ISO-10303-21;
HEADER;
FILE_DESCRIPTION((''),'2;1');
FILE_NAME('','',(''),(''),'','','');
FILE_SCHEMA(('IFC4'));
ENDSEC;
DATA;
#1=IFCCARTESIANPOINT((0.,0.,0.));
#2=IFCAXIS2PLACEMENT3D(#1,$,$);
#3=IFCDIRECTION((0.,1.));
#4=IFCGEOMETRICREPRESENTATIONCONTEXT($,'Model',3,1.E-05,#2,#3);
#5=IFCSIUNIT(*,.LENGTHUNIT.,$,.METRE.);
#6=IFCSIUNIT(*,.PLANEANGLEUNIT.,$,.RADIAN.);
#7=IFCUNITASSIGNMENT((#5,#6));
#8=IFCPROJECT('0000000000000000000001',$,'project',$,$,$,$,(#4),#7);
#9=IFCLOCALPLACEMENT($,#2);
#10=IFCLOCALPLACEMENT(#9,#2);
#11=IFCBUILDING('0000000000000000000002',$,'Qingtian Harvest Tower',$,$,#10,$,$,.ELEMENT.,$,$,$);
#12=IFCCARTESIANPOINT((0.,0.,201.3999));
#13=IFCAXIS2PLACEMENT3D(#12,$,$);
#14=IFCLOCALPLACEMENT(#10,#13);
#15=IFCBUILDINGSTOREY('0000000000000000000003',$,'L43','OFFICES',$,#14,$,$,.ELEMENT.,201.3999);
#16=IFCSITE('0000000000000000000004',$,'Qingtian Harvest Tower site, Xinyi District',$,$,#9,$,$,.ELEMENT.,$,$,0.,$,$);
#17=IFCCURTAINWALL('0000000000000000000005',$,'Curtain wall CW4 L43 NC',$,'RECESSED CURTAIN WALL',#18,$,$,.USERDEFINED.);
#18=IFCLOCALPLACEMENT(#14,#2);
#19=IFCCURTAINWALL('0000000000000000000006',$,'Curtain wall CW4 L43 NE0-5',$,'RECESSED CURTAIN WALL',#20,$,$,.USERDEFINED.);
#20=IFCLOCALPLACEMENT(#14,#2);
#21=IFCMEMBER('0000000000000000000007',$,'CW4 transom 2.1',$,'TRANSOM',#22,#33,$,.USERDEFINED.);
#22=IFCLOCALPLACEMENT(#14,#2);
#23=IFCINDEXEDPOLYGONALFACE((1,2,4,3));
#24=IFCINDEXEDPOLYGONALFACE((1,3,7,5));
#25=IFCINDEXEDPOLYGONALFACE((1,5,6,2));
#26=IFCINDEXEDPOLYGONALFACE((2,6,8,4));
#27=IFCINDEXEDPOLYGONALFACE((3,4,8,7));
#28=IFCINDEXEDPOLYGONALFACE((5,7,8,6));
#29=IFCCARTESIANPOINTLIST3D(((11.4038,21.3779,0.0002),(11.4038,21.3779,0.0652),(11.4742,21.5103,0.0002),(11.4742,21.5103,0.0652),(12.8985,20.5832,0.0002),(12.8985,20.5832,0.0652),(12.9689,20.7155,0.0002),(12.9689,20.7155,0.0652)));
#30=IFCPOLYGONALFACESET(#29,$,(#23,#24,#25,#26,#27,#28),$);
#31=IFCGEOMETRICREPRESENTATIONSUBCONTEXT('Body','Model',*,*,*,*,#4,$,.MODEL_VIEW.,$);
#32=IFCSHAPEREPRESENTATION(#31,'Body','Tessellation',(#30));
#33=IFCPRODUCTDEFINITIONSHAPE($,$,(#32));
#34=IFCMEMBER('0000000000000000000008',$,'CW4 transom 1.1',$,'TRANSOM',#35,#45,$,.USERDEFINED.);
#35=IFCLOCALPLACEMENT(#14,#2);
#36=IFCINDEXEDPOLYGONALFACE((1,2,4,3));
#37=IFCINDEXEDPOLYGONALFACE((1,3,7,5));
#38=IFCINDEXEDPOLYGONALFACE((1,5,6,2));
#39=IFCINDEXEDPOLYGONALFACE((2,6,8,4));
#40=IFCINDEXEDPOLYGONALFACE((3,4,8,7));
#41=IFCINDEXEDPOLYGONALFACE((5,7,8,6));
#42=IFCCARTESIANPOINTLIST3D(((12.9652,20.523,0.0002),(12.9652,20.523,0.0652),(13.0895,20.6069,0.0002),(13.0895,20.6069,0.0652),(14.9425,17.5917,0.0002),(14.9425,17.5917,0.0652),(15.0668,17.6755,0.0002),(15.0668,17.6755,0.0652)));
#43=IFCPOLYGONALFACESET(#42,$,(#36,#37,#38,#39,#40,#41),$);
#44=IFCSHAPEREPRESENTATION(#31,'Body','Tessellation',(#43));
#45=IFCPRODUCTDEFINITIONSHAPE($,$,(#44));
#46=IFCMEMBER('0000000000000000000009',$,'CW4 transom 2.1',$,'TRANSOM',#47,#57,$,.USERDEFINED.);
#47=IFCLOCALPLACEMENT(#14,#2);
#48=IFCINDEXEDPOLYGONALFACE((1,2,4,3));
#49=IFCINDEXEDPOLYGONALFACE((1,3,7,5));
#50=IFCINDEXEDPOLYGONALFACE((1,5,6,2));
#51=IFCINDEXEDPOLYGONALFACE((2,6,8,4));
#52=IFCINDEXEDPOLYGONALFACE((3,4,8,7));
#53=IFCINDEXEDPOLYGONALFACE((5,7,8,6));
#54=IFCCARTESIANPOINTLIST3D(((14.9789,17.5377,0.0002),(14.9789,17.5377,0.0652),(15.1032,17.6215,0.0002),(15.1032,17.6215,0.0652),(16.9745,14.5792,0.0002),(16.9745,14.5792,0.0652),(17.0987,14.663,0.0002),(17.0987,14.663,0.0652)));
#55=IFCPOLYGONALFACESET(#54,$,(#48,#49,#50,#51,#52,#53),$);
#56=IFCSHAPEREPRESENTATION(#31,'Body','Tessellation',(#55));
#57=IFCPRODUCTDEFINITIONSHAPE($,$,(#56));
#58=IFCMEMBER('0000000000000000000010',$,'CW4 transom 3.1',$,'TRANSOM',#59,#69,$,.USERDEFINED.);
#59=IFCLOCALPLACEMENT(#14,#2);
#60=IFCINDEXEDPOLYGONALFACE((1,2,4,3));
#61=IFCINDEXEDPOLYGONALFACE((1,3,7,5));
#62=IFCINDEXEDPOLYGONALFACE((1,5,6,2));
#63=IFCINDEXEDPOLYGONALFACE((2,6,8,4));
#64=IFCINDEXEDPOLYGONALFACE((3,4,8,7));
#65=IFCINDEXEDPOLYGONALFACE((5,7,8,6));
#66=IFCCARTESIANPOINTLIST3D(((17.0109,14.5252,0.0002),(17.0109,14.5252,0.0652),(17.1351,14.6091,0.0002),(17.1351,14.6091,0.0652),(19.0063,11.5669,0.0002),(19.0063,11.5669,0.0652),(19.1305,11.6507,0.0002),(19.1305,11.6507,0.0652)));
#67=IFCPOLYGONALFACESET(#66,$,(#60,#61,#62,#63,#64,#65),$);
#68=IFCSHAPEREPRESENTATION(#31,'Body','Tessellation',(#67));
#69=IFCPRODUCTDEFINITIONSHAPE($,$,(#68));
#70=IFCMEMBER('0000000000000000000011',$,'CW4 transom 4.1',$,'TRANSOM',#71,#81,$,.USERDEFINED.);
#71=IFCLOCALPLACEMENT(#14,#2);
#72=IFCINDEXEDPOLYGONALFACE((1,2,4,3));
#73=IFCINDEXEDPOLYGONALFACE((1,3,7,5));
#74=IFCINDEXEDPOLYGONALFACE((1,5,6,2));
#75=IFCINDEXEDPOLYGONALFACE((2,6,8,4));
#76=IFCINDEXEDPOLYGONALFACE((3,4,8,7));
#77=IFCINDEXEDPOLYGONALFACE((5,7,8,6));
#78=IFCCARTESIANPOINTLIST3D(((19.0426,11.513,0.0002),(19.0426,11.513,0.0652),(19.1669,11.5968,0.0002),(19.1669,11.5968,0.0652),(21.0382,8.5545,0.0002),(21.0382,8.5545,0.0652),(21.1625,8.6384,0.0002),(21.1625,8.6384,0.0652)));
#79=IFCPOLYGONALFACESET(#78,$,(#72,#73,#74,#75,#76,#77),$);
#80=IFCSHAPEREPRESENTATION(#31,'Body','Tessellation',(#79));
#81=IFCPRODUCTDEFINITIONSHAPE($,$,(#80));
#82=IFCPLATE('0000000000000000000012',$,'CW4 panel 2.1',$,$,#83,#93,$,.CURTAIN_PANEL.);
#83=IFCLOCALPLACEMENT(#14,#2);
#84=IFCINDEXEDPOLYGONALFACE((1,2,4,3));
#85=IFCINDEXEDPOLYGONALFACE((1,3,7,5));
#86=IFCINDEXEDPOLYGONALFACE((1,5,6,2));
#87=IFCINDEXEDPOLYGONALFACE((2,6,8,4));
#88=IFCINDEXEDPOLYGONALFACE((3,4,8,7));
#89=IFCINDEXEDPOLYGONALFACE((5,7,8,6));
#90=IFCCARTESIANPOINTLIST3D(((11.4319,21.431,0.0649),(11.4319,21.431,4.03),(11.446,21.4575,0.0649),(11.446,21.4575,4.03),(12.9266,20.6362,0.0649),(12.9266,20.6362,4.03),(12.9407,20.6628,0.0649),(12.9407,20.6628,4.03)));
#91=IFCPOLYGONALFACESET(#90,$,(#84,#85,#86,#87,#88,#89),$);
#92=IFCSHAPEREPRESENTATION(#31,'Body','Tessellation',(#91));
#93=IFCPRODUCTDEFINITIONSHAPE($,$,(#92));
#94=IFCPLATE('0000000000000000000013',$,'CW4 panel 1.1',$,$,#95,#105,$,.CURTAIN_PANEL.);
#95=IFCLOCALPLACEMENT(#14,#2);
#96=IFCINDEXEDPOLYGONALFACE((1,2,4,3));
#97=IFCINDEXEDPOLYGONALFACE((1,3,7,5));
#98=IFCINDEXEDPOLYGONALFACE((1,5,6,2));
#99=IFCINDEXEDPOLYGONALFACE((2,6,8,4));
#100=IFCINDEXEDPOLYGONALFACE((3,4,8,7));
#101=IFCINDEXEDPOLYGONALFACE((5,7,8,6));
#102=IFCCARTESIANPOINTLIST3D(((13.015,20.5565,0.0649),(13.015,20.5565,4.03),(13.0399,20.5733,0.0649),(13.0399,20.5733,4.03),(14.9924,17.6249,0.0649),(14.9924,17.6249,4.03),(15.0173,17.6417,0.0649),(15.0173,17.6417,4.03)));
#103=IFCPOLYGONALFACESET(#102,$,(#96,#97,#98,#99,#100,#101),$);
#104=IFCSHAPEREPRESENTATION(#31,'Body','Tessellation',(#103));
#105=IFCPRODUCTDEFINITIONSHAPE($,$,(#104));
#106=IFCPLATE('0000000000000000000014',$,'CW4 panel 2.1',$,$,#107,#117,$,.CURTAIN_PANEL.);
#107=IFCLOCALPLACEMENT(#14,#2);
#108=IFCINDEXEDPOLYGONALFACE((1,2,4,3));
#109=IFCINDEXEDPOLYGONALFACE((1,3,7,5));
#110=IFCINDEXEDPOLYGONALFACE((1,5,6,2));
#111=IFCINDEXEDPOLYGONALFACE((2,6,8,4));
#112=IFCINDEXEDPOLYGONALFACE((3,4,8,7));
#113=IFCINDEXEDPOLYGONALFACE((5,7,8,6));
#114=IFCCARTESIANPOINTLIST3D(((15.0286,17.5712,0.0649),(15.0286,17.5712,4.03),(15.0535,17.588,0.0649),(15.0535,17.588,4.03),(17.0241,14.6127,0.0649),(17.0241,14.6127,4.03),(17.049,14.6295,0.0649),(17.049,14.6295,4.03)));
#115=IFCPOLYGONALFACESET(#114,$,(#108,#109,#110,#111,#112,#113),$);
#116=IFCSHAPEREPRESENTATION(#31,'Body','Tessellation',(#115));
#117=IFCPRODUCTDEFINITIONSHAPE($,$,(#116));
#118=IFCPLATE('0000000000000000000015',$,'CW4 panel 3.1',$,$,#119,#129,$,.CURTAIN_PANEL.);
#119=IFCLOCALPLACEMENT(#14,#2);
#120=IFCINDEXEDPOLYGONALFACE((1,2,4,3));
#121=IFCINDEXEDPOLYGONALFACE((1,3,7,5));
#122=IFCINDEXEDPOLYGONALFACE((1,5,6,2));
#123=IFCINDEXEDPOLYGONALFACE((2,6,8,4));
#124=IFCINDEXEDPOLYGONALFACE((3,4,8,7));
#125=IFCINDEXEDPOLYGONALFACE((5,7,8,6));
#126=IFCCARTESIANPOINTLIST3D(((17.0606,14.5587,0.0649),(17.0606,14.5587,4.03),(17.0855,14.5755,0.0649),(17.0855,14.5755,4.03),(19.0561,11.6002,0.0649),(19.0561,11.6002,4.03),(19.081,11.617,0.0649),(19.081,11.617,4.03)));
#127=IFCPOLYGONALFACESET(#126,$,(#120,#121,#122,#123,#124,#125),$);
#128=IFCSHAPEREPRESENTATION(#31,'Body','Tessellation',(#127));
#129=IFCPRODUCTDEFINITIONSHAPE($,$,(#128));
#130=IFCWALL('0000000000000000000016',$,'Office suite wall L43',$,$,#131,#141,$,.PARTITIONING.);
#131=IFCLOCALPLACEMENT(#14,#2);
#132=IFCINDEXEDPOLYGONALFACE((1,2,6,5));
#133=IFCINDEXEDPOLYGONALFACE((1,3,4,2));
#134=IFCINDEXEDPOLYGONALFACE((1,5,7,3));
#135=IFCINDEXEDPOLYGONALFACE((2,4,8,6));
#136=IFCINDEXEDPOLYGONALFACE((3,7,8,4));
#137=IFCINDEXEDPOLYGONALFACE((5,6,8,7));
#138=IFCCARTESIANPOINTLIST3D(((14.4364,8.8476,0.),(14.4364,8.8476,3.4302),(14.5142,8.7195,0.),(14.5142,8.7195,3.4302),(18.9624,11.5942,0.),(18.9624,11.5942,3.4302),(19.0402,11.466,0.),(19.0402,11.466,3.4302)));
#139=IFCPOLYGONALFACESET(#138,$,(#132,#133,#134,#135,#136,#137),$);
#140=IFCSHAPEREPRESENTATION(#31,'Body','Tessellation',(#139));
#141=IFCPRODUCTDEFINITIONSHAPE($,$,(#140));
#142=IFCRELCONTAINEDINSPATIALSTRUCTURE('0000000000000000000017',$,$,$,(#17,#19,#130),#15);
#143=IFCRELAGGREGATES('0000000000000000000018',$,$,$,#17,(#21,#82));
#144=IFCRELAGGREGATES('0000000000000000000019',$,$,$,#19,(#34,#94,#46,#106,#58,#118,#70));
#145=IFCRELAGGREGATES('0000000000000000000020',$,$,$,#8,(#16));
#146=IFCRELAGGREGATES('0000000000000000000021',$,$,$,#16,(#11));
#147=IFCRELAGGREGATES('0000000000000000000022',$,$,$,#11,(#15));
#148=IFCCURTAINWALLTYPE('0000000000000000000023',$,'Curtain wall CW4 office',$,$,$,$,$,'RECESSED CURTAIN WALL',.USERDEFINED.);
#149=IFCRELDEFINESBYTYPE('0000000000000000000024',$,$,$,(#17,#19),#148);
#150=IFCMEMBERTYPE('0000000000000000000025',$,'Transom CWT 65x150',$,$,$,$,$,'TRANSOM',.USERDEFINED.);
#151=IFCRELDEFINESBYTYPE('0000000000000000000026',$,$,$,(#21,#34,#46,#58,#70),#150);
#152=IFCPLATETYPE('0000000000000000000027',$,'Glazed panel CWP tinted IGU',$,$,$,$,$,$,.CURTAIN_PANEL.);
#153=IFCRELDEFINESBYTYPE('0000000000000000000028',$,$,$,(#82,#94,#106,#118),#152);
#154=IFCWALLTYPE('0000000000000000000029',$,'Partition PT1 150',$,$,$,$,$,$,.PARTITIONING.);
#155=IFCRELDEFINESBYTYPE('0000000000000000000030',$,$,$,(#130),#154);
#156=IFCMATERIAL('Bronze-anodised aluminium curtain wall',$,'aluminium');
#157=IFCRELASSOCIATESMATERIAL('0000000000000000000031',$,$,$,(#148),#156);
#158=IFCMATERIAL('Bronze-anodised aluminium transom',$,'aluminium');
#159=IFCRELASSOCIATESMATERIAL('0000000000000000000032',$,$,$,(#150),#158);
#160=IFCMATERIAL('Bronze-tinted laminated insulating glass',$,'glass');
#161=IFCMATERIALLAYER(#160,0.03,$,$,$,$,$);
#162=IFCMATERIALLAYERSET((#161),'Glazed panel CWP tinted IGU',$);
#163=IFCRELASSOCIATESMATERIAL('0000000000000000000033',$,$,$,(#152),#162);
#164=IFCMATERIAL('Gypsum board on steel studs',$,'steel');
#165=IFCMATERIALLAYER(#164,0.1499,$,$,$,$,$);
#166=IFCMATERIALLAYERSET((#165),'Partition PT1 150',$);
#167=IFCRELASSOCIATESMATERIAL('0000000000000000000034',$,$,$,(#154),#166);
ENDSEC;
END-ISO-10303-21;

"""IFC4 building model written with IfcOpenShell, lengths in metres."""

from ifc_helpers import new_model, si_unit, direction, frame, frame_2d, origin, origin_2d, place, context, subcontext, project, spatial, rectangle, extrude, material, layer, layer_set, material_profile, profile_set, type_object, element, aggregate, save


model = new_model("IFC4")

# Units and contexts
model_context = context("Model", 3, precision=1e-05, world=origin(), true_north=direction((0.0, 1.0)))
body_context = subcontext(model_context, "Body", "Model", "MODEL_VIEW")
ifc_project = project(units=[si_unit("LENGTHUNIT", "METRE"), si_unit("PLANEANGLEUNIT", "RADIAN")], contexts=[model_context])

# Site, building, storey
site_placement = place(None, origin())
site = spatial("IfcSite", under=ifc_project, at=site_placement, Name="Qingtian Harvest Tower site, Xinyi District", CompositionType="ELEMENT", RefElevation=0.0)
building_placement = place(site_placement, origin())
building = spatial("IfcBuilding", under=site, at=building_placement, Name="Qingtian Harvest Tower", CompositionType="ELEMENT")
storey_placement = place(building_placement, frame((0.0, 0.0, 201.3999)))
storey = spatial("IfcBuildingStorey", under=building, at=storey_placement, Name="L43", Description="OFFICES", CompositionType="ELEMENT", Elevation=201.3999)

# Curtain wall
ifc_material_1 = material(Name="Bronze-anodised aluminium curtain wall", Category="aluminium")
curtain_wall_type = type_object("IfcCurtainWallType", Name="Curtain wall CW4 office", ElementType="RECESSED CURTAIN WALL", PredefinedType="USERDEFINED", material=ifc_material_1)
curtain_wall_1_placement = place(storey_placement, origin())
curtain_wall_1 = element("IfcCurtainWall", 1, at=curtain_wall_1_placement, inside=storey, type_object=curtain_wall_type, Name="Curtain wall CW4 L43 NC", ObjectType="RECESSED CURTAIN WALL", PredefinedType="USERDEFINED")

# Curtain wall
curtain_wall_2_placement = place(storey_placement, origin())
curtain_wall_2 = element("IfcCurtainWall", 2, at=curtain_wall_2_placement, inside=storey, type_object=curtain_wall_type, Name="Curtain wall CW4 L43 NE0-5", ObjectType="RECESSED CURTAIN WALL", PredefinedType="USERDEFINED")

# Members
ifc_material_2 = material(Name="Bronze-anodised aluminium transom", Category="aluminium")
ifc_material_profile_1 = material_profile(ifc_material_2, rectangle(XDim=0.1499, YDim=0.0649, at=origin_2d()), Name="AL 65x150")
ifc_profile_set_1 = profile_set([ifc_material_profile_1], Name="Bronze-anodised aluminium transom")
member_type_1 = type_object("IfcMemberType", Name="Transom CWT 65x150", ElementType="TRANSOM", PredefinedType="USERDEFINED", material=ifc_profile_set_1)
member_1_placement = place(storey_placement, frame((11.439, 21.4441, 0.0327), z_axis=(0.882955, -0.469457, 0.0), x_axis=(0.469457, 0.882955, 0.0)))
member_1 = element("IfcMember", 3, at=member_1_placement, type_object=member_type_1, Name="CW4 transom 2.1", ObjectType="TRANSOM", PredefinedType="USERDEFINED", context=body_context, shape_type="SweptSolid", body=[
    extrude(rectangle(XDim=0.1499, YDim=0.0649, at=origin_2d()), origin(), (0.0, 0.0, 1.0), 1.6929),
])
member_2_placement = place(storey_placement, frame((13.0273, 20.5649, 0.0327), z_axis=(0.559201, -0.829032, 0.0), x_axis=(0.829032, 0.559201, 0.0)))
member_2 = element("IfcMember", 4, at=member_2_placement, type_object=member_type_1, Name="CW4 transom 1.1", ObjectType="TRANSOM", PredefinedType="USERDEFINED", context=body_context, shape_type="SweptSolid", body=[
    extrude(rectangle(XDim=0.1499, YDim=0.0649, at=origin_2d()), origin(), (0.0, 0.0, 1.0), 3.5359),
])
member_3_placement = place(storey_placement, frame((15.041, 17.5796, 0.0327), z_axis=(0.559207, -0.829028, 0.0), x_axis=(0.829028, 0.559207, 0.0)))
member_3 = element("IfcMember", 5, at=member_3_placement, type_object=member_type_1, Name="CW4 transom 2.1", ObjectType="TRANSOM", PredefinedType="USERDEFINED", context=body_context, shape_type="SweptSolid", body=[
    extrude(rectangle(XDim=0.1499, YDim=0.0649, at=origin_2d()), origin(), (0.0, 0.0, 1.0), 3.5686),
])
member_4_placement = place(storey_placement, frame((17.073, 14.5671, 0.0327), z_axis=(0.559192, -0.829038, 0.0), x_axis=(0.829038, 0.559192, 0.0)))
member_4 = element("IfcMember", 6, at=member_4_placement, type_object=member_type_1, Name="CW4 transom 3.1", ObjectType="TRANSOM", PredefinedType="USERDEFINED", context=body_context, shape_type="SweptSolid", body=[
    extrude(rectangle(XDim=0.1499, YDim=0.0649, at=origin_2d()), origin(), (0.0, 0.0, 1.0), 3.5684),
])
member_5_placement = place(storey_placement, frame((19.1047, 11.5549, 0.0327), z_axis=(0.559207, -0.829028, 0.0), x_axis=(0.829028, 0.559207, 0.0)))
member_5 = element("IfcMember", 7, at=member_5_placement, type_object=member_type_1, Name="CW4 transom 4.1", ObjectType="TRANSOM", PredefinedType="USERDEFINED", context=body_context, shape_type="SweptSolid", body=[
    extrude(rectangle(XDim=0.1499, YDim=0.0649, at=origin_2d()), origin(), (0.0, 0.0, 1.0), 3.5686),
])

# Plates
ifc_material_3 = material(Name="Bronze-tinted laminated insulating glass", Category="glass")
ifc_layer_1 = layer(ifc_material_3, 0.03)
ifc_layer_set_1 = layer_set([ifc_layer_1], Name="Glazed panel CWP tinted IGU")
plate_type = type_object("IfcPlateType", Name="Glazed panel CWP tinted IGU", PredefinedType="CURTAIN_PANEL", material=ifc_layer_set_1)
plate_1_placement = place(storey_placement, frame((12.1863, 21.0469, 0.0649), z_axis=(0.0, 0.0, 1.0), x_axis=(0.882948, -0.469472, 0.0)))
plate_1 = element("IfcPlate", 8, at=plate_1_placement, type_object=plate_type, Name="CW4 panel 2.1", PredefinedType="CURTAIN_PANEL", context=body_context, shape_type="SweptSolid", body=[
    extrude(rectangle(XDim=1.6929, YDim=0.03, at=origin_2d()), origin(), (0.0, 0.0, 1.0), 3.9651),
])
aggregate(curtain_wall_1, [member_1, plate_1])
plate_2_placement = place(storey_placement, frame((14.0161, 19.0991, 0.0649), z_axis=(0.0, 0.0, 1.0), x_axis=(0.559193, -0.829038, 0.0)))
plate_2 = element("IfcPlate", 9, at=plate_2_placement, type_object=plate_type, Name="CW4 panel 1.1", PredefinedType="CURTAIN_PANEL", context=body_context, shape_type="SweptSolid", body=[
    extrude(rectangle(XDim=3.5361, YDim=0.03, at=origin_2d()), origin(), (0.0, 0.0, 1.0), 3.9651),
])
plate_3_placement = place(storey_placement, frame((16.0388, 16.1003, 0.0649), z_axis=(0.0, 0.0, 1.0), x_axis=(0.559193, -0.829038, 0.0)))
plate_3 = element("IfcPlate", 10, at=plate_3_placement, type_object=plate_type, Name="CW4 panel 2.1", PredefinedType="CURTAIN_PANEL", context=body_context, shape_type="SweptSolid", body=[
    extrude(rectangle(XDim=3.5686, YDim=0.03, at=origin_2d()), origin(), (0.0, 0.0, 1.0), 3.9651),
])
plate_4_placement = place(storey_placement, frame((18.0708, 13.0879, 0.0649), z_axis=(0.0, 0.0, 1.0), x_axis=(0.559193, -0.829038, 0.0)))
plate_4 = element("IfcPlate", 11, at=plate_4_placement, type_object=plate_type, Name="CW4 panel 3.1", PredefinedType="CURTAIN_PANEL", context=body_context, shape_type="SweptSolid", body=[
    extrude(rectangle(XDim=3.5686, YDim=0.03, at=origin_2d()), origin(), (0.0, 0.0, 1.0), 3.9651),
])
aggregate(curtain_wall_2, [member_2, plate_2, member_3, plate_3, member_4, plate_4, member_5])

# Wall
ifc_material_4 = material(Name="Gypsum board on steel studs", Category="steel")
ifc_layer_2 = layer(ifc_material_4, 0.1499)
ifc_layer_set_2 = layer_set([ifc_layer_2], Name="Partition PT1 150")
wall_type = type_object("IfcWallType", Name="Partition PT1 150", PredefinedType="PARTITIONING", material=ifc_layer_set_2)
wall_placement = place(storey_placement, frame((19.0012, 11.53, 0.0), z_axis=(0.0, 0.0, 1.0), x_axis=(-0.854907, -0.518782, 0.0)))
element("IfcWall", 12, at=wall_placement, inside=storey, type_object=wall_type, Name="Office suite wall L43", PredefinedType="PARTITIONING", context=body_context, shape_type="SweptSolid", body=[
    extrude(rectangle(XDim=5.2942, YDim=0.1499, at=frame_2d((2.647, 0.0))), origin(), (0.0, 0.0, 1.0), 3.4302),
])

save(model, "model.ifc")
